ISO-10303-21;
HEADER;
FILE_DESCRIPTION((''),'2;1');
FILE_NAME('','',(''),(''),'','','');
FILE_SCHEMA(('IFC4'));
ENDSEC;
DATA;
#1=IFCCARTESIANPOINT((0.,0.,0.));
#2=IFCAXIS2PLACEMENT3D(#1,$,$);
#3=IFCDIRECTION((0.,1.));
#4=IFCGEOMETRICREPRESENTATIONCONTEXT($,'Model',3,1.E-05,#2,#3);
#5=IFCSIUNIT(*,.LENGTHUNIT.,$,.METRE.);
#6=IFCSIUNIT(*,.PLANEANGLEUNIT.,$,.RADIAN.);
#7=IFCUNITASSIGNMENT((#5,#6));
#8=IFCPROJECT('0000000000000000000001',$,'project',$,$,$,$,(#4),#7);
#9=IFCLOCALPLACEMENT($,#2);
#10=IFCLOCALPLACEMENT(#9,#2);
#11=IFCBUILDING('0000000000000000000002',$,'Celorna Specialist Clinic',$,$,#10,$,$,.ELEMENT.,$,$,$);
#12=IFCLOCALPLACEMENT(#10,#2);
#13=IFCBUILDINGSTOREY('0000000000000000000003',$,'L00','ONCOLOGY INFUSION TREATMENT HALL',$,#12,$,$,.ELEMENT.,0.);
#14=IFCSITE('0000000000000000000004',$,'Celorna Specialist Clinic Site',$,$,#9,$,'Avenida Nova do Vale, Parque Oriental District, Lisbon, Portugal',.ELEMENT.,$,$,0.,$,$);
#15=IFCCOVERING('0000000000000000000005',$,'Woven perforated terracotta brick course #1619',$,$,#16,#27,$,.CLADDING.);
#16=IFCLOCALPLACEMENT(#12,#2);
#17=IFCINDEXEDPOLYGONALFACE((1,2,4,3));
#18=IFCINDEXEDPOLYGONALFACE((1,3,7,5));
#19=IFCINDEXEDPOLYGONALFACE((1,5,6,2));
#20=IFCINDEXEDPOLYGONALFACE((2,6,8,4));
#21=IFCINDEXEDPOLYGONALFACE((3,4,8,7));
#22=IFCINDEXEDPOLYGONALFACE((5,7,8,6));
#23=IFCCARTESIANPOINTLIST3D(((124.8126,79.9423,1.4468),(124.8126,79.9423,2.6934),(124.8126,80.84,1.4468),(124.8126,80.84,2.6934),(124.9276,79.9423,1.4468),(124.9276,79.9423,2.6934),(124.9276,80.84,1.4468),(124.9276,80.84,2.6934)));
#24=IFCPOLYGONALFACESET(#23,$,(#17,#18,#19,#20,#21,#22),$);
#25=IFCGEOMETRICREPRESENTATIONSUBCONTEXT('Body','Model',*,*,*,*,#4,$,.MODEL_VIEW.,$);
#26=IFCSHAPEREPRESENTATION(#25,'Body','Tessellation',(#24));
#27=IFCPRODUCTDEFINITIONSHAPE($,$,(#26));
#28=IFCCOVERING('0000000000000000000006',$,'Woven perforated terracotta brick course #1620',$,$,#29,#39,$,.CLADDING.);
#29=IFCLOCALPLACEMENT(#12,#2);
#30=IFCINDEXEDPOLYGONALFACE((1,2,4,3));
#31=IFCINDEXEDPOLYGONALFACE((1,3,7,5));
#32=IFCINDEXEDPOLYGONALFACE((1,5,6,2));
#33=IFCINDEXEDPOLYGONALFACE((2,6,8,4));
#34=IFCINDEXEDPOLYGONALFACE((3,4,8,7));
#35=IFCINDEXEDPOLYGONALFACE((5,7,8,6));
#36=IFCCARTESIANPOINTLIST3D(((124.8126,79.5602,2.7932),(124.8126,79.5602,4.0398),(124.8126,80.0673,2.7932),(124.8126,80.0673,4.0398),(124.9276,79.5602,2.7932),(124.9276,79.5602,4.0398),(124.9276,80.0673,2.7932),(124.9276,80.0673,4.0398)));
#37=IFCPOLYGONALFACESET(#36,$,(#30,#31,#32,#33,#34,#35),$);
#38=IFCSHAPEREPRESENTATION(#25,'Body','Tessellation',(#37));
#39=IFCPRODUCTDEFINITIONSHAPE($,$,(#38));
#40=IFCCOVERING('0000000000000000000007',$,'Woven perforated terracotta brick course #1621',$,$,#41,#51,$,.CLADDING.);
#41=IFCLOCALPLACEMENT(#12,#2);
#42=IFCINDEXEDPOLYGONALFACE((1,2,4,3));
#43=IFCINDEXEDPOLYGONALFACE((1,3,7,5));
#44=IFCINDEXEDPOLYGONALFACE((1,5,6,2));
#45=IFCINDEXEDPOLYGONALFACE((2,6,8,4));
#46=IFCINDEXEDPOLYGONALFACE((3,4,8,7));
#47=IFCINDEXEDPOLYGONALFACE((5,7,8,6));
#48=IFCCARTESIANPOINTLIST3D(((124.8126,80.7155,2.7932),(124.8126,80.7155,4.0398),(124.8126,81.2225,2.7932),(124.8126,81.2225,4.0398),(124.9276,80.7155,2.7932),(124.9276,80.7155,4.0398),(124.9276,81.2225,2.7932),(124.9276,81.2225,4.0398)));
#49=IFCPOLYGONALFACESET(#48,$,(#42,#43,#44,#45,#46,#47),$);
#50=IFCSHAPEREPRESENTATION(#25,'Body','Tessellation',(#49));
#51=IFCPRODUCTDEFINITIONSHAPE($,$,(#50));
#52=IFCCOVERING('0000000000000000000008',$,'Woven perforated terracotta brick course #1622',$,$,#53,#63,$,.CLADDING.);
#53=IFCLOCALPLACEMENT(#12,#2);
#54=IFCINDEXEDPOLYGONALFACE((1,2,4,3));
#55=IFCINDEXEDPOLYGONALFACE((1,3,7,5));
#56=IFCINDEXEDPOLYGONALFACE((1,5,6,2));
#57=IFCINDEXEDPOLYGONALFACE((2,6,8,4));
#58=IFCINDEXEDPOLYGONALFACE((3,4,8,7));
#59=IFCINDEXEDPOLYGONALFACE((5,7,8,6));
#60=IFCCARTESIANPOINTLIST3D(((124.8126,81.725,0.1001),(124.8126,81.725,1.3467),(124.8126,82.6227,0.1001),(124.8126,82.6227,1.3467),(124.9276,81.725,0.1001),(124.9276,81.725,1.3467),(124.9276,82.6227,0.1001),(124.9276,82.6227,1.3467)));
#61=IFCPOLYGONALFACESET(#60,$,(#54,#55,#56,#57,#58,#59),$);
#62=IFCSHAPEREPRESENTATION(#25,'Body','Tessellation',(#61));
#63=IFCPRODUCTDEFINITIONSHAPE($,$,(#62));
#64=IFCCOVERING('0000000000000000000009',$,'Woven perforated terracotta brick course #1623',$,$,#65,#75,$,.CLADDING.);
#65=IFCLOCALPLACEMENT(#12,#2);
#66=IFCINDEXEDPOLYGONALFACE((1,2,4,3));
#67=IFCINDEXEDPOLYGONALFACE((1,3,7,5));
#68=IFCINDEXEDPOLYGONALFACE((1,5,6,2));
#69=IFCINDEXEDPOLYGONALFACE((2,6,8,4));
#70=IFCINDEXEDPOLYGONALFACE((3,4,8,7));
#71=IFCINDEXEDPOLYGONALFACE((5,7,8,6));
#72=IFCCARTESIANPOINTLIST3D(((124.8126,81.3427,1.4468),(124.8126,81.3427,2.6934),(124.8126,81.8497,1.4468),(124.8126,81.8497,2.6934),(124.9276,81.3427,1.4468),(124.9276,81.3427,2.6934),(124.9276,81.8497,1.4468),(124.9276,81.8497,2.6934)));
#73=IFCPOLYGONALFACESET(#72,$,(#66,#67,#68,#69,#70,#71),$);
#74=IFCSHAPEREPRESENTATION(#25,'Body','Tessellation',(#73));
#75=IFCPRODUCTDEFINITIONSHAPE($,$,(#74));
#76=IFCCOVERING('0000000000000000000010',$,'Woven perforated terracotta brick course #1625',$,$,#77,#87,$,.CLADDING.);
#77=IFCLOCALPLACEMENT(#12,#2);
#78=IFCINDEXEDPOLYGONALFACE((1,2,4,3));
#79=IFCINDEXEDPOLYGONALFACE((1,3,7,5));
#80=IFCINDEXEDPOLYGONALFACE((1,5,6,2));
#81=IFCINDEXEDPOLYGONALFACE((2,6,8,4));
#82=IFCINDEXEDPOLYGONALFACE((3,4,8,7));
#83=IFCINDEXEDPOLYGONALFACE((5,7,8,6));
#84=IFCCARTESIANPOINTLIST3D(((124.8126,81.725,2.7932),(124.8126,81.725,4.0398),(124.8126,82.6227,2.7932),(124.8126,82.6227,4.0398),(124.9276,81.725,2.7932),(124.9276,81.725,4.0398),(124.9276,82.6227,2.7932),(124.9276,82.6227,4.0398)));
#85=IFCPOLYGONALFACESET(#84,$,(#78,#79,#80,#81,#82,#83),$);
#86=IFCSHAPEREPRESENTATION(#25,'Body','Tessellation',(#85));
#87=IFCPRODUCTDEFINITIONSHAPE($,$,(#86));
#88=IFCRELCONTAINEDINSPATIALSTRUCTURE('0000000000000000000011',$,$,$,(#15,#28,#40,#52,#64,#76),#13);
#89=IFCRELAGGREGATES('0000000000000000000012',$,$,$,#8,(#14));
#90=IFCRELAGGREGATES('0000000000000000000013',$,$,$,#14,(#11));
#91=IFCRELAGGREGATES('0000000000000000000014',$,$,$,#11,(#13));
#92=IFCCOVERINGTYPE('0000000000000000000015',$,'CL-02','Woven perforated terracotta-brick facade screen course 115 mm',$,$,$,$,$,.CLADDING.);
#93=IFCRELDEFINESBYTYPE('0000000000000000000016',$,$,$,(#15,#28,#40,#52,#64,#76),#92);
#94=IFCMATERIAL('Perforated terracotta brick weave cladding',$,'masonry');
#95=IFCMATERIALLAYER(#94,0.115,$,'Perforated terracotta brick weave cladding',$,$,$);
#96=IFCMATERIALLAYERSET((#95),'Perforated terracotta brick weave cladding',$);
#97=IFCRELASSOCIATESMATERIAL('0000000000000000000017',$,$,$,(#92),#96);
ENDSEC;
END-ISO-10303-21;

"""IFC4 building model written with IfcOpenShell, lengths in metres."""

from ifc_helpers import new_model, si_unit, direction, frame, origin, origin_2d, place, context, subcontext, project, spatial, rectangle, extrude, material, layer, layer_set, type_object, element, save


model = new_model("IFC4")

# Units and contexts
model_context = context("Model", 3, precision=1e-05, world=origin(), true_north=direction((0.0, 1.0)))
body_context = subcontext(model_context, "Body", "Model", "MODEL_VIEW")
ifc_project = project(units=[si_unit("LENGTHUNIT", "METRE"), si_unit("PLANEANGLEUNIT", "RADIAN")], contexts=[model_context])

# Site, building, storey
site_placement = place(None, origin())
site = spatial("IfcSite", under=ifc_project, at=site_placement, Name="Celorna Specialist Clinic Site", LongName="Avenida Nova do Vale, Parque Oriental District, Lisbon, Portugal", CompositionType="ELEMENT", RefElevation=0.0)
building_placement = place(site_placement, origin())
building = spatial("IfcBuilding", under=site, at=building_placement, Name="Celorna Specialist Clinic", CompositionType="ELEMENT")
storey_placement = place(building_placement, origin())
storey = spatial("IfcBuildingStorey", under=building, at=storey_placement, Name="L00", Description="ONCOLOGY INFUSION TREATMENT HALL", CompositionType="ELEMENT", Elevation=0.0)

# Coverings
ifc_material_1 = material(Name="Perforated terracotta brick weave cladding", Category="masonry")
ifc_layer_1 = layer(ifc_material_1, 0.115, Name="Perforated terracotta brick weave cladding")
ifc_layer_set_1 = layer_set([ifc_layer_1], Name="Perforated terracotta brick weave cladding")
covering_type = type_object("IfcCoveringType", Name="CL-02", Description="Woven perforated terracotta-brick facade screen course 115 mm", PredefinedType="CLADDING", material=ifc_layer_set_1)
covering_1_placement = place(storey_placement, frame((124.8701, 80.3911, 1.4468), z_axis=(0.0, 0.0, 1.0), x_axis=(0.0, 1.0, 0.0)))
element("IfcCovering", 1, at=covering_1_placement, inside=storey, type_object=covering_type, Name="Woven perforated terracotta brick course #1619", PredefinedType="CLADDING", context=body_context, shape_type="SweptSolid", body=[
    extrude(rectangle(XDim=0.8977, YDim=0.115, at=origin_2d()), origin(), (0.0, 0.0, 1.0), 1.2466),
])
for number, where, z_axis, x_axis, name in (
    (2, (124.8701, 79.8137, 2.7932), (0.0, 0.0, 1.0), (0.0, 1.0, 0.0), "Woven perforated terracotta brick course #1620"),
    (3, (124.8701, 80.969, 2.7932), (0.0, 0.0, 1.0), (0.0, 1.0, 0.0), "Woven perforated terracotta brick course #1621"),
):
    element("IfcCovering", number, at=place(storey_placement, frame(where, z_axis=z_axis, x_axis=x_axis)), inside=storey, type_object=covering_type, Name=name, PredefinedType="CLADDING", context=body_context, shape_type="SweptSolid", body=[
        extrude(rectangle(XDim=0.5071, YDim=0.115, at=origin_2d()), origin(), (0.0, 0.0, 1.0), 1.2466),
    ])
covering_2_placement = place(storey_placement, frame((124.8701, 82.1738, 0.1001), z_axis=(0.0, 0.0, 1.0), x_axis=(0.0, 1.0, 0.0)))
element("IfcCovering", 4, at=covering_2_placement, inside=storey, type_object=covering_type, Name="Woven perforated terracotta brick course #1622", PredefinedType="CLADDING", context=body_context, shape_type="SweptSolid", body=[
    extrude(rectangle(XDim=0.8977, YDim=0.115, at=origin_2d()), origin(), (0.0, 0.0, 1.0), 1.2466),
])
covering_3_placement = place(storey_placement, frame((124.8701, 81.5962, 1.4468), z_axis=(0.0, 0.0, 1.0), x_axis=(0.0, 1.0, 0.0)))
element("IfcCovering", 5, at=covering_3_placement, inside=storey, type_object=covering_type, Name="Woven perforated terracotta brick course #1623", PredefinedType="CLADDING", context=body_context, shape_type="SweptSolid", body=[
    extrude(rectangle(XDim=0.5071, YDim=0.115, at=origin_2d()), origin(), (0.0, 0.0, 1.0), 1.2466),
])
covering_4_placement = place(storey_placement, frame((124.8701, 82.1738, 2.7932), z_axis=(0.0, 0.0, 1.0), x_axis=(0.0, 1.0, 0.0)))
element("IfcCovering", 6, at=covering_4_placement, inside=storey, type_object=covering_type, Name="Woven perforated terracotta brick course #1625", PredefinedType="CLADDING", context=body_context, shape_type="SweptSolid", body=[
    extrude(rectangle(XDim=0.8977, YDim=0.115, at=origin_2d()), origin(), (0.0, 0.0, 1.0), 1.2466),
])

save(model, "model.ifc")
